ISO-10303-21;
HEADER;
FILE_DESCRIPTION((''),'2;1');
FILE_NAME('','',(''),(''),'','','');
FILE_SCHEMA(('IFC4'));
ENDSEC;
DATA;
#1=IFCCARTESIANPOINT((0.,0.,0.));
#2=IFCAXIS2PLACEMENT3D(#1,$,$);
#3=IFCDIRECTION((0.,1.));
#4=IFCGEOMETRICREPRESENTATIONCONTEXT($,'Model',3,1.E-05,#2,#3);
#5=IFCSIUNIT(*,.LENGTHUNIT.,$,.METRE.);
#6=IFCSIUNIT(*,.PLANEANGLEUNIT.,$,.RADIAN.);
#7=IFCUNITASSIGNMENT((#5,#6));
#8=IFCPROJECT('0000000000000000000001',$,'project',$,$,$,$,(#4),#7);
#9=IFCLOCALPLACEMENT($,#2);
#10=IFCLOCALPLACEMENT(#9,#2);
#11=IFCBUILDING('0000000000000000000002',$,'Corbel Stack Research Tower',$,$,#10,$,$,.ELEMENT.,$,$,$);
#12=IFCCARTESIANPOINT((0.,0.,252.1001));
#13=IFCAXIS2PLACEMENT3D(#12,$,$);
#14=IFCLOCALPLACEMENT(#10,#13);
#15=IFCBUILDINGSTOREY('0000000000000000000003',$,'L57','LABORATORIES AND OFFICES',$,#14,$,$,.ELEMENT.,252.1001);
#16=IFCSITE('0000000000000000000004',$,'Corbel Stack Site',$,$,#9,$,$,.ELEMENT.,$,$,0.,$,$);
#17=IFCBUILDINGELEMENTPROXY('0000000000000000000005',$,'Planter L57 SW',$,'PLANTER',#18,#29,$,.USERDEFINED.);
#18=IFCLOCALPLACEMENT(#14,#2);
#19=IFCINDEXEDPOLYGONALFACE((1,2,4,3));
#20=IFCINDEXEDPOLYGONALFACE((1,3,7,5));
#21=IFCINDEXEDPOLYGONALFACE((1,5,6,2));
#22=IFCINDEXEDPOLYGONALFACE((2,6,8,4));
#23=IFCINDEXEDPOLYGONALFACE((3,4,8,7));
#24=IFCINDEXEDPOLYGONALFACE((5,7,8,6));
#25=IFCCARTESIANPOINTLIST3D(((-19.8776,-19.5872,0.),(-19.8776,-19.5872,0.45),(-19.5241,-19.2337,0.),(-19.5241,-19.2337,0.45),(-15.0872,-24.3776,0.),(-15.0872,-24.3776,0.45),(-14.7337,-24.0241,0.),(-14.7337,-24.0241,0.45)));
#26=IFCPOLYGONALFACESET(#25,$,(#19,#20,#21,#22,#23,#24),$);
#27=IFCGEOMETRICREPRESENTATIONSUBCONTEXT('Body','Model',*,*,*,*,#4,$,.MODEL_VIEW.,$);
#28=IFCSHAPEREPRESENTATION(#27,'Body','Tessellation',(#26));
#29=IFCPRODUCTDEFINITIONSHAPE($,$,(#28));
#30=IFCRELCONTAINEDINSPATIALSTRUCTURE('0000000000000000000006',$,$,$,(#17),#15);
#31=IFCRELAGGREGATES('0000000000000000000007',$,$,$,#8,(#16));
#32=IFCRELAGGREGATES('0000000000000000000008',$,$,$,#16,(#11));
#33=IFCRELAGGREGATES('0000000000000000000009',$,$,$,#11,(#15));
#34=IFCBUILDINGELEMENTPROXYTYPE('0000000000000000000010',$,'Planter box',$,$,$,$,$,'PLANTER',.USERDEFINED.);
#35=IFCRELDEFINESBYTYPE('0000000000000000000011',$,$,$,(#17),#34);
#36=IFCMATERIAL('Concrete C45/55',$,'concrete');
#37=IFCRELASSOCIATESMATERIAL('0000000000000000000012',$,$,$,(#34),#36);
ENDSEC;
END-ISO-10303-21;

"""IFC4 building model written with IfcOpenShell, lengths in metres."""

from ifc_helpers import new_model, si_unit, direction, frame, origin, origin_2d, place, context, subcontext, project, spatial, rectangle, extrude, material, type_object, element, save


model = new_model("IFC4")

# Units and contexts
model_context = context("Model", 3, precision=1e-05, world=origin(), true_north=direction((0.0, 1.0)))
body_context = subcontext(model_context, "Body", "Model", "MODEL_VIEW")
ifc_project = project(units=[si_unit("LENGTHUNIT", "METRE"), si_unit("PLANEANGLEUNIT", "RADIAN")], contexts=[model_context])

# Site, building, storey
site_placement = place(None, origin())
site = spatial("IfcSite", under=ifc_project, at=site_placement, Name="Corbel Stack Site", CompositionType="ELEMENT", RefElevation=0.0)
building_placement = place(site_placement, origin())
building = spatial("IfcBuilding", under=site, at=building_placement, Name="Corbel Stack Research Tower", CompositionType="ELEMENT")
storey_placement = place(building_placement, frame((0.0, 0.0, 252.1001)))
storey = spatial("IfcBuildingStorey", under=building, at=storey_placement, Name="L57", Description="LABORATORIES AND OFFICES", CompositionType="ELEMENT", Elevation=252.1001)

# Building element proxy
ifc_material_1 = material(Name="Concrete C45/55", Category="concrete")
building_element_proxy_type = type_object("IfcBuildingElementProxyType", Name="Planter box", ElementType="PLANTER", PredefinedType="USERDEFINED", material=ifc_material_1)
proxy_placement = place(storey_placement, frame((-17.3057, -21.8057, 0.0), z_axis=(0.0, 0.0, 1.0), x_axis=(0.707107, -0.707107, 0.0)))
element("IfcBuildingElementProxy", 1, at=proxy_placement, inside=storey, type_object=building_element_proxy_type, Name="Planter L57 SW", ObjectType="PLANTER", PredefinedType="USERDEFINED", context=body_context, shape_type="SweptSolid", body=[
    extrude(rectangle(XDim=6.7747, YDim=0.5, at=origin_2d()), origin(), (0.0, 0.0, 1.0), 0.45),
])

save(model, "model.ifc")
